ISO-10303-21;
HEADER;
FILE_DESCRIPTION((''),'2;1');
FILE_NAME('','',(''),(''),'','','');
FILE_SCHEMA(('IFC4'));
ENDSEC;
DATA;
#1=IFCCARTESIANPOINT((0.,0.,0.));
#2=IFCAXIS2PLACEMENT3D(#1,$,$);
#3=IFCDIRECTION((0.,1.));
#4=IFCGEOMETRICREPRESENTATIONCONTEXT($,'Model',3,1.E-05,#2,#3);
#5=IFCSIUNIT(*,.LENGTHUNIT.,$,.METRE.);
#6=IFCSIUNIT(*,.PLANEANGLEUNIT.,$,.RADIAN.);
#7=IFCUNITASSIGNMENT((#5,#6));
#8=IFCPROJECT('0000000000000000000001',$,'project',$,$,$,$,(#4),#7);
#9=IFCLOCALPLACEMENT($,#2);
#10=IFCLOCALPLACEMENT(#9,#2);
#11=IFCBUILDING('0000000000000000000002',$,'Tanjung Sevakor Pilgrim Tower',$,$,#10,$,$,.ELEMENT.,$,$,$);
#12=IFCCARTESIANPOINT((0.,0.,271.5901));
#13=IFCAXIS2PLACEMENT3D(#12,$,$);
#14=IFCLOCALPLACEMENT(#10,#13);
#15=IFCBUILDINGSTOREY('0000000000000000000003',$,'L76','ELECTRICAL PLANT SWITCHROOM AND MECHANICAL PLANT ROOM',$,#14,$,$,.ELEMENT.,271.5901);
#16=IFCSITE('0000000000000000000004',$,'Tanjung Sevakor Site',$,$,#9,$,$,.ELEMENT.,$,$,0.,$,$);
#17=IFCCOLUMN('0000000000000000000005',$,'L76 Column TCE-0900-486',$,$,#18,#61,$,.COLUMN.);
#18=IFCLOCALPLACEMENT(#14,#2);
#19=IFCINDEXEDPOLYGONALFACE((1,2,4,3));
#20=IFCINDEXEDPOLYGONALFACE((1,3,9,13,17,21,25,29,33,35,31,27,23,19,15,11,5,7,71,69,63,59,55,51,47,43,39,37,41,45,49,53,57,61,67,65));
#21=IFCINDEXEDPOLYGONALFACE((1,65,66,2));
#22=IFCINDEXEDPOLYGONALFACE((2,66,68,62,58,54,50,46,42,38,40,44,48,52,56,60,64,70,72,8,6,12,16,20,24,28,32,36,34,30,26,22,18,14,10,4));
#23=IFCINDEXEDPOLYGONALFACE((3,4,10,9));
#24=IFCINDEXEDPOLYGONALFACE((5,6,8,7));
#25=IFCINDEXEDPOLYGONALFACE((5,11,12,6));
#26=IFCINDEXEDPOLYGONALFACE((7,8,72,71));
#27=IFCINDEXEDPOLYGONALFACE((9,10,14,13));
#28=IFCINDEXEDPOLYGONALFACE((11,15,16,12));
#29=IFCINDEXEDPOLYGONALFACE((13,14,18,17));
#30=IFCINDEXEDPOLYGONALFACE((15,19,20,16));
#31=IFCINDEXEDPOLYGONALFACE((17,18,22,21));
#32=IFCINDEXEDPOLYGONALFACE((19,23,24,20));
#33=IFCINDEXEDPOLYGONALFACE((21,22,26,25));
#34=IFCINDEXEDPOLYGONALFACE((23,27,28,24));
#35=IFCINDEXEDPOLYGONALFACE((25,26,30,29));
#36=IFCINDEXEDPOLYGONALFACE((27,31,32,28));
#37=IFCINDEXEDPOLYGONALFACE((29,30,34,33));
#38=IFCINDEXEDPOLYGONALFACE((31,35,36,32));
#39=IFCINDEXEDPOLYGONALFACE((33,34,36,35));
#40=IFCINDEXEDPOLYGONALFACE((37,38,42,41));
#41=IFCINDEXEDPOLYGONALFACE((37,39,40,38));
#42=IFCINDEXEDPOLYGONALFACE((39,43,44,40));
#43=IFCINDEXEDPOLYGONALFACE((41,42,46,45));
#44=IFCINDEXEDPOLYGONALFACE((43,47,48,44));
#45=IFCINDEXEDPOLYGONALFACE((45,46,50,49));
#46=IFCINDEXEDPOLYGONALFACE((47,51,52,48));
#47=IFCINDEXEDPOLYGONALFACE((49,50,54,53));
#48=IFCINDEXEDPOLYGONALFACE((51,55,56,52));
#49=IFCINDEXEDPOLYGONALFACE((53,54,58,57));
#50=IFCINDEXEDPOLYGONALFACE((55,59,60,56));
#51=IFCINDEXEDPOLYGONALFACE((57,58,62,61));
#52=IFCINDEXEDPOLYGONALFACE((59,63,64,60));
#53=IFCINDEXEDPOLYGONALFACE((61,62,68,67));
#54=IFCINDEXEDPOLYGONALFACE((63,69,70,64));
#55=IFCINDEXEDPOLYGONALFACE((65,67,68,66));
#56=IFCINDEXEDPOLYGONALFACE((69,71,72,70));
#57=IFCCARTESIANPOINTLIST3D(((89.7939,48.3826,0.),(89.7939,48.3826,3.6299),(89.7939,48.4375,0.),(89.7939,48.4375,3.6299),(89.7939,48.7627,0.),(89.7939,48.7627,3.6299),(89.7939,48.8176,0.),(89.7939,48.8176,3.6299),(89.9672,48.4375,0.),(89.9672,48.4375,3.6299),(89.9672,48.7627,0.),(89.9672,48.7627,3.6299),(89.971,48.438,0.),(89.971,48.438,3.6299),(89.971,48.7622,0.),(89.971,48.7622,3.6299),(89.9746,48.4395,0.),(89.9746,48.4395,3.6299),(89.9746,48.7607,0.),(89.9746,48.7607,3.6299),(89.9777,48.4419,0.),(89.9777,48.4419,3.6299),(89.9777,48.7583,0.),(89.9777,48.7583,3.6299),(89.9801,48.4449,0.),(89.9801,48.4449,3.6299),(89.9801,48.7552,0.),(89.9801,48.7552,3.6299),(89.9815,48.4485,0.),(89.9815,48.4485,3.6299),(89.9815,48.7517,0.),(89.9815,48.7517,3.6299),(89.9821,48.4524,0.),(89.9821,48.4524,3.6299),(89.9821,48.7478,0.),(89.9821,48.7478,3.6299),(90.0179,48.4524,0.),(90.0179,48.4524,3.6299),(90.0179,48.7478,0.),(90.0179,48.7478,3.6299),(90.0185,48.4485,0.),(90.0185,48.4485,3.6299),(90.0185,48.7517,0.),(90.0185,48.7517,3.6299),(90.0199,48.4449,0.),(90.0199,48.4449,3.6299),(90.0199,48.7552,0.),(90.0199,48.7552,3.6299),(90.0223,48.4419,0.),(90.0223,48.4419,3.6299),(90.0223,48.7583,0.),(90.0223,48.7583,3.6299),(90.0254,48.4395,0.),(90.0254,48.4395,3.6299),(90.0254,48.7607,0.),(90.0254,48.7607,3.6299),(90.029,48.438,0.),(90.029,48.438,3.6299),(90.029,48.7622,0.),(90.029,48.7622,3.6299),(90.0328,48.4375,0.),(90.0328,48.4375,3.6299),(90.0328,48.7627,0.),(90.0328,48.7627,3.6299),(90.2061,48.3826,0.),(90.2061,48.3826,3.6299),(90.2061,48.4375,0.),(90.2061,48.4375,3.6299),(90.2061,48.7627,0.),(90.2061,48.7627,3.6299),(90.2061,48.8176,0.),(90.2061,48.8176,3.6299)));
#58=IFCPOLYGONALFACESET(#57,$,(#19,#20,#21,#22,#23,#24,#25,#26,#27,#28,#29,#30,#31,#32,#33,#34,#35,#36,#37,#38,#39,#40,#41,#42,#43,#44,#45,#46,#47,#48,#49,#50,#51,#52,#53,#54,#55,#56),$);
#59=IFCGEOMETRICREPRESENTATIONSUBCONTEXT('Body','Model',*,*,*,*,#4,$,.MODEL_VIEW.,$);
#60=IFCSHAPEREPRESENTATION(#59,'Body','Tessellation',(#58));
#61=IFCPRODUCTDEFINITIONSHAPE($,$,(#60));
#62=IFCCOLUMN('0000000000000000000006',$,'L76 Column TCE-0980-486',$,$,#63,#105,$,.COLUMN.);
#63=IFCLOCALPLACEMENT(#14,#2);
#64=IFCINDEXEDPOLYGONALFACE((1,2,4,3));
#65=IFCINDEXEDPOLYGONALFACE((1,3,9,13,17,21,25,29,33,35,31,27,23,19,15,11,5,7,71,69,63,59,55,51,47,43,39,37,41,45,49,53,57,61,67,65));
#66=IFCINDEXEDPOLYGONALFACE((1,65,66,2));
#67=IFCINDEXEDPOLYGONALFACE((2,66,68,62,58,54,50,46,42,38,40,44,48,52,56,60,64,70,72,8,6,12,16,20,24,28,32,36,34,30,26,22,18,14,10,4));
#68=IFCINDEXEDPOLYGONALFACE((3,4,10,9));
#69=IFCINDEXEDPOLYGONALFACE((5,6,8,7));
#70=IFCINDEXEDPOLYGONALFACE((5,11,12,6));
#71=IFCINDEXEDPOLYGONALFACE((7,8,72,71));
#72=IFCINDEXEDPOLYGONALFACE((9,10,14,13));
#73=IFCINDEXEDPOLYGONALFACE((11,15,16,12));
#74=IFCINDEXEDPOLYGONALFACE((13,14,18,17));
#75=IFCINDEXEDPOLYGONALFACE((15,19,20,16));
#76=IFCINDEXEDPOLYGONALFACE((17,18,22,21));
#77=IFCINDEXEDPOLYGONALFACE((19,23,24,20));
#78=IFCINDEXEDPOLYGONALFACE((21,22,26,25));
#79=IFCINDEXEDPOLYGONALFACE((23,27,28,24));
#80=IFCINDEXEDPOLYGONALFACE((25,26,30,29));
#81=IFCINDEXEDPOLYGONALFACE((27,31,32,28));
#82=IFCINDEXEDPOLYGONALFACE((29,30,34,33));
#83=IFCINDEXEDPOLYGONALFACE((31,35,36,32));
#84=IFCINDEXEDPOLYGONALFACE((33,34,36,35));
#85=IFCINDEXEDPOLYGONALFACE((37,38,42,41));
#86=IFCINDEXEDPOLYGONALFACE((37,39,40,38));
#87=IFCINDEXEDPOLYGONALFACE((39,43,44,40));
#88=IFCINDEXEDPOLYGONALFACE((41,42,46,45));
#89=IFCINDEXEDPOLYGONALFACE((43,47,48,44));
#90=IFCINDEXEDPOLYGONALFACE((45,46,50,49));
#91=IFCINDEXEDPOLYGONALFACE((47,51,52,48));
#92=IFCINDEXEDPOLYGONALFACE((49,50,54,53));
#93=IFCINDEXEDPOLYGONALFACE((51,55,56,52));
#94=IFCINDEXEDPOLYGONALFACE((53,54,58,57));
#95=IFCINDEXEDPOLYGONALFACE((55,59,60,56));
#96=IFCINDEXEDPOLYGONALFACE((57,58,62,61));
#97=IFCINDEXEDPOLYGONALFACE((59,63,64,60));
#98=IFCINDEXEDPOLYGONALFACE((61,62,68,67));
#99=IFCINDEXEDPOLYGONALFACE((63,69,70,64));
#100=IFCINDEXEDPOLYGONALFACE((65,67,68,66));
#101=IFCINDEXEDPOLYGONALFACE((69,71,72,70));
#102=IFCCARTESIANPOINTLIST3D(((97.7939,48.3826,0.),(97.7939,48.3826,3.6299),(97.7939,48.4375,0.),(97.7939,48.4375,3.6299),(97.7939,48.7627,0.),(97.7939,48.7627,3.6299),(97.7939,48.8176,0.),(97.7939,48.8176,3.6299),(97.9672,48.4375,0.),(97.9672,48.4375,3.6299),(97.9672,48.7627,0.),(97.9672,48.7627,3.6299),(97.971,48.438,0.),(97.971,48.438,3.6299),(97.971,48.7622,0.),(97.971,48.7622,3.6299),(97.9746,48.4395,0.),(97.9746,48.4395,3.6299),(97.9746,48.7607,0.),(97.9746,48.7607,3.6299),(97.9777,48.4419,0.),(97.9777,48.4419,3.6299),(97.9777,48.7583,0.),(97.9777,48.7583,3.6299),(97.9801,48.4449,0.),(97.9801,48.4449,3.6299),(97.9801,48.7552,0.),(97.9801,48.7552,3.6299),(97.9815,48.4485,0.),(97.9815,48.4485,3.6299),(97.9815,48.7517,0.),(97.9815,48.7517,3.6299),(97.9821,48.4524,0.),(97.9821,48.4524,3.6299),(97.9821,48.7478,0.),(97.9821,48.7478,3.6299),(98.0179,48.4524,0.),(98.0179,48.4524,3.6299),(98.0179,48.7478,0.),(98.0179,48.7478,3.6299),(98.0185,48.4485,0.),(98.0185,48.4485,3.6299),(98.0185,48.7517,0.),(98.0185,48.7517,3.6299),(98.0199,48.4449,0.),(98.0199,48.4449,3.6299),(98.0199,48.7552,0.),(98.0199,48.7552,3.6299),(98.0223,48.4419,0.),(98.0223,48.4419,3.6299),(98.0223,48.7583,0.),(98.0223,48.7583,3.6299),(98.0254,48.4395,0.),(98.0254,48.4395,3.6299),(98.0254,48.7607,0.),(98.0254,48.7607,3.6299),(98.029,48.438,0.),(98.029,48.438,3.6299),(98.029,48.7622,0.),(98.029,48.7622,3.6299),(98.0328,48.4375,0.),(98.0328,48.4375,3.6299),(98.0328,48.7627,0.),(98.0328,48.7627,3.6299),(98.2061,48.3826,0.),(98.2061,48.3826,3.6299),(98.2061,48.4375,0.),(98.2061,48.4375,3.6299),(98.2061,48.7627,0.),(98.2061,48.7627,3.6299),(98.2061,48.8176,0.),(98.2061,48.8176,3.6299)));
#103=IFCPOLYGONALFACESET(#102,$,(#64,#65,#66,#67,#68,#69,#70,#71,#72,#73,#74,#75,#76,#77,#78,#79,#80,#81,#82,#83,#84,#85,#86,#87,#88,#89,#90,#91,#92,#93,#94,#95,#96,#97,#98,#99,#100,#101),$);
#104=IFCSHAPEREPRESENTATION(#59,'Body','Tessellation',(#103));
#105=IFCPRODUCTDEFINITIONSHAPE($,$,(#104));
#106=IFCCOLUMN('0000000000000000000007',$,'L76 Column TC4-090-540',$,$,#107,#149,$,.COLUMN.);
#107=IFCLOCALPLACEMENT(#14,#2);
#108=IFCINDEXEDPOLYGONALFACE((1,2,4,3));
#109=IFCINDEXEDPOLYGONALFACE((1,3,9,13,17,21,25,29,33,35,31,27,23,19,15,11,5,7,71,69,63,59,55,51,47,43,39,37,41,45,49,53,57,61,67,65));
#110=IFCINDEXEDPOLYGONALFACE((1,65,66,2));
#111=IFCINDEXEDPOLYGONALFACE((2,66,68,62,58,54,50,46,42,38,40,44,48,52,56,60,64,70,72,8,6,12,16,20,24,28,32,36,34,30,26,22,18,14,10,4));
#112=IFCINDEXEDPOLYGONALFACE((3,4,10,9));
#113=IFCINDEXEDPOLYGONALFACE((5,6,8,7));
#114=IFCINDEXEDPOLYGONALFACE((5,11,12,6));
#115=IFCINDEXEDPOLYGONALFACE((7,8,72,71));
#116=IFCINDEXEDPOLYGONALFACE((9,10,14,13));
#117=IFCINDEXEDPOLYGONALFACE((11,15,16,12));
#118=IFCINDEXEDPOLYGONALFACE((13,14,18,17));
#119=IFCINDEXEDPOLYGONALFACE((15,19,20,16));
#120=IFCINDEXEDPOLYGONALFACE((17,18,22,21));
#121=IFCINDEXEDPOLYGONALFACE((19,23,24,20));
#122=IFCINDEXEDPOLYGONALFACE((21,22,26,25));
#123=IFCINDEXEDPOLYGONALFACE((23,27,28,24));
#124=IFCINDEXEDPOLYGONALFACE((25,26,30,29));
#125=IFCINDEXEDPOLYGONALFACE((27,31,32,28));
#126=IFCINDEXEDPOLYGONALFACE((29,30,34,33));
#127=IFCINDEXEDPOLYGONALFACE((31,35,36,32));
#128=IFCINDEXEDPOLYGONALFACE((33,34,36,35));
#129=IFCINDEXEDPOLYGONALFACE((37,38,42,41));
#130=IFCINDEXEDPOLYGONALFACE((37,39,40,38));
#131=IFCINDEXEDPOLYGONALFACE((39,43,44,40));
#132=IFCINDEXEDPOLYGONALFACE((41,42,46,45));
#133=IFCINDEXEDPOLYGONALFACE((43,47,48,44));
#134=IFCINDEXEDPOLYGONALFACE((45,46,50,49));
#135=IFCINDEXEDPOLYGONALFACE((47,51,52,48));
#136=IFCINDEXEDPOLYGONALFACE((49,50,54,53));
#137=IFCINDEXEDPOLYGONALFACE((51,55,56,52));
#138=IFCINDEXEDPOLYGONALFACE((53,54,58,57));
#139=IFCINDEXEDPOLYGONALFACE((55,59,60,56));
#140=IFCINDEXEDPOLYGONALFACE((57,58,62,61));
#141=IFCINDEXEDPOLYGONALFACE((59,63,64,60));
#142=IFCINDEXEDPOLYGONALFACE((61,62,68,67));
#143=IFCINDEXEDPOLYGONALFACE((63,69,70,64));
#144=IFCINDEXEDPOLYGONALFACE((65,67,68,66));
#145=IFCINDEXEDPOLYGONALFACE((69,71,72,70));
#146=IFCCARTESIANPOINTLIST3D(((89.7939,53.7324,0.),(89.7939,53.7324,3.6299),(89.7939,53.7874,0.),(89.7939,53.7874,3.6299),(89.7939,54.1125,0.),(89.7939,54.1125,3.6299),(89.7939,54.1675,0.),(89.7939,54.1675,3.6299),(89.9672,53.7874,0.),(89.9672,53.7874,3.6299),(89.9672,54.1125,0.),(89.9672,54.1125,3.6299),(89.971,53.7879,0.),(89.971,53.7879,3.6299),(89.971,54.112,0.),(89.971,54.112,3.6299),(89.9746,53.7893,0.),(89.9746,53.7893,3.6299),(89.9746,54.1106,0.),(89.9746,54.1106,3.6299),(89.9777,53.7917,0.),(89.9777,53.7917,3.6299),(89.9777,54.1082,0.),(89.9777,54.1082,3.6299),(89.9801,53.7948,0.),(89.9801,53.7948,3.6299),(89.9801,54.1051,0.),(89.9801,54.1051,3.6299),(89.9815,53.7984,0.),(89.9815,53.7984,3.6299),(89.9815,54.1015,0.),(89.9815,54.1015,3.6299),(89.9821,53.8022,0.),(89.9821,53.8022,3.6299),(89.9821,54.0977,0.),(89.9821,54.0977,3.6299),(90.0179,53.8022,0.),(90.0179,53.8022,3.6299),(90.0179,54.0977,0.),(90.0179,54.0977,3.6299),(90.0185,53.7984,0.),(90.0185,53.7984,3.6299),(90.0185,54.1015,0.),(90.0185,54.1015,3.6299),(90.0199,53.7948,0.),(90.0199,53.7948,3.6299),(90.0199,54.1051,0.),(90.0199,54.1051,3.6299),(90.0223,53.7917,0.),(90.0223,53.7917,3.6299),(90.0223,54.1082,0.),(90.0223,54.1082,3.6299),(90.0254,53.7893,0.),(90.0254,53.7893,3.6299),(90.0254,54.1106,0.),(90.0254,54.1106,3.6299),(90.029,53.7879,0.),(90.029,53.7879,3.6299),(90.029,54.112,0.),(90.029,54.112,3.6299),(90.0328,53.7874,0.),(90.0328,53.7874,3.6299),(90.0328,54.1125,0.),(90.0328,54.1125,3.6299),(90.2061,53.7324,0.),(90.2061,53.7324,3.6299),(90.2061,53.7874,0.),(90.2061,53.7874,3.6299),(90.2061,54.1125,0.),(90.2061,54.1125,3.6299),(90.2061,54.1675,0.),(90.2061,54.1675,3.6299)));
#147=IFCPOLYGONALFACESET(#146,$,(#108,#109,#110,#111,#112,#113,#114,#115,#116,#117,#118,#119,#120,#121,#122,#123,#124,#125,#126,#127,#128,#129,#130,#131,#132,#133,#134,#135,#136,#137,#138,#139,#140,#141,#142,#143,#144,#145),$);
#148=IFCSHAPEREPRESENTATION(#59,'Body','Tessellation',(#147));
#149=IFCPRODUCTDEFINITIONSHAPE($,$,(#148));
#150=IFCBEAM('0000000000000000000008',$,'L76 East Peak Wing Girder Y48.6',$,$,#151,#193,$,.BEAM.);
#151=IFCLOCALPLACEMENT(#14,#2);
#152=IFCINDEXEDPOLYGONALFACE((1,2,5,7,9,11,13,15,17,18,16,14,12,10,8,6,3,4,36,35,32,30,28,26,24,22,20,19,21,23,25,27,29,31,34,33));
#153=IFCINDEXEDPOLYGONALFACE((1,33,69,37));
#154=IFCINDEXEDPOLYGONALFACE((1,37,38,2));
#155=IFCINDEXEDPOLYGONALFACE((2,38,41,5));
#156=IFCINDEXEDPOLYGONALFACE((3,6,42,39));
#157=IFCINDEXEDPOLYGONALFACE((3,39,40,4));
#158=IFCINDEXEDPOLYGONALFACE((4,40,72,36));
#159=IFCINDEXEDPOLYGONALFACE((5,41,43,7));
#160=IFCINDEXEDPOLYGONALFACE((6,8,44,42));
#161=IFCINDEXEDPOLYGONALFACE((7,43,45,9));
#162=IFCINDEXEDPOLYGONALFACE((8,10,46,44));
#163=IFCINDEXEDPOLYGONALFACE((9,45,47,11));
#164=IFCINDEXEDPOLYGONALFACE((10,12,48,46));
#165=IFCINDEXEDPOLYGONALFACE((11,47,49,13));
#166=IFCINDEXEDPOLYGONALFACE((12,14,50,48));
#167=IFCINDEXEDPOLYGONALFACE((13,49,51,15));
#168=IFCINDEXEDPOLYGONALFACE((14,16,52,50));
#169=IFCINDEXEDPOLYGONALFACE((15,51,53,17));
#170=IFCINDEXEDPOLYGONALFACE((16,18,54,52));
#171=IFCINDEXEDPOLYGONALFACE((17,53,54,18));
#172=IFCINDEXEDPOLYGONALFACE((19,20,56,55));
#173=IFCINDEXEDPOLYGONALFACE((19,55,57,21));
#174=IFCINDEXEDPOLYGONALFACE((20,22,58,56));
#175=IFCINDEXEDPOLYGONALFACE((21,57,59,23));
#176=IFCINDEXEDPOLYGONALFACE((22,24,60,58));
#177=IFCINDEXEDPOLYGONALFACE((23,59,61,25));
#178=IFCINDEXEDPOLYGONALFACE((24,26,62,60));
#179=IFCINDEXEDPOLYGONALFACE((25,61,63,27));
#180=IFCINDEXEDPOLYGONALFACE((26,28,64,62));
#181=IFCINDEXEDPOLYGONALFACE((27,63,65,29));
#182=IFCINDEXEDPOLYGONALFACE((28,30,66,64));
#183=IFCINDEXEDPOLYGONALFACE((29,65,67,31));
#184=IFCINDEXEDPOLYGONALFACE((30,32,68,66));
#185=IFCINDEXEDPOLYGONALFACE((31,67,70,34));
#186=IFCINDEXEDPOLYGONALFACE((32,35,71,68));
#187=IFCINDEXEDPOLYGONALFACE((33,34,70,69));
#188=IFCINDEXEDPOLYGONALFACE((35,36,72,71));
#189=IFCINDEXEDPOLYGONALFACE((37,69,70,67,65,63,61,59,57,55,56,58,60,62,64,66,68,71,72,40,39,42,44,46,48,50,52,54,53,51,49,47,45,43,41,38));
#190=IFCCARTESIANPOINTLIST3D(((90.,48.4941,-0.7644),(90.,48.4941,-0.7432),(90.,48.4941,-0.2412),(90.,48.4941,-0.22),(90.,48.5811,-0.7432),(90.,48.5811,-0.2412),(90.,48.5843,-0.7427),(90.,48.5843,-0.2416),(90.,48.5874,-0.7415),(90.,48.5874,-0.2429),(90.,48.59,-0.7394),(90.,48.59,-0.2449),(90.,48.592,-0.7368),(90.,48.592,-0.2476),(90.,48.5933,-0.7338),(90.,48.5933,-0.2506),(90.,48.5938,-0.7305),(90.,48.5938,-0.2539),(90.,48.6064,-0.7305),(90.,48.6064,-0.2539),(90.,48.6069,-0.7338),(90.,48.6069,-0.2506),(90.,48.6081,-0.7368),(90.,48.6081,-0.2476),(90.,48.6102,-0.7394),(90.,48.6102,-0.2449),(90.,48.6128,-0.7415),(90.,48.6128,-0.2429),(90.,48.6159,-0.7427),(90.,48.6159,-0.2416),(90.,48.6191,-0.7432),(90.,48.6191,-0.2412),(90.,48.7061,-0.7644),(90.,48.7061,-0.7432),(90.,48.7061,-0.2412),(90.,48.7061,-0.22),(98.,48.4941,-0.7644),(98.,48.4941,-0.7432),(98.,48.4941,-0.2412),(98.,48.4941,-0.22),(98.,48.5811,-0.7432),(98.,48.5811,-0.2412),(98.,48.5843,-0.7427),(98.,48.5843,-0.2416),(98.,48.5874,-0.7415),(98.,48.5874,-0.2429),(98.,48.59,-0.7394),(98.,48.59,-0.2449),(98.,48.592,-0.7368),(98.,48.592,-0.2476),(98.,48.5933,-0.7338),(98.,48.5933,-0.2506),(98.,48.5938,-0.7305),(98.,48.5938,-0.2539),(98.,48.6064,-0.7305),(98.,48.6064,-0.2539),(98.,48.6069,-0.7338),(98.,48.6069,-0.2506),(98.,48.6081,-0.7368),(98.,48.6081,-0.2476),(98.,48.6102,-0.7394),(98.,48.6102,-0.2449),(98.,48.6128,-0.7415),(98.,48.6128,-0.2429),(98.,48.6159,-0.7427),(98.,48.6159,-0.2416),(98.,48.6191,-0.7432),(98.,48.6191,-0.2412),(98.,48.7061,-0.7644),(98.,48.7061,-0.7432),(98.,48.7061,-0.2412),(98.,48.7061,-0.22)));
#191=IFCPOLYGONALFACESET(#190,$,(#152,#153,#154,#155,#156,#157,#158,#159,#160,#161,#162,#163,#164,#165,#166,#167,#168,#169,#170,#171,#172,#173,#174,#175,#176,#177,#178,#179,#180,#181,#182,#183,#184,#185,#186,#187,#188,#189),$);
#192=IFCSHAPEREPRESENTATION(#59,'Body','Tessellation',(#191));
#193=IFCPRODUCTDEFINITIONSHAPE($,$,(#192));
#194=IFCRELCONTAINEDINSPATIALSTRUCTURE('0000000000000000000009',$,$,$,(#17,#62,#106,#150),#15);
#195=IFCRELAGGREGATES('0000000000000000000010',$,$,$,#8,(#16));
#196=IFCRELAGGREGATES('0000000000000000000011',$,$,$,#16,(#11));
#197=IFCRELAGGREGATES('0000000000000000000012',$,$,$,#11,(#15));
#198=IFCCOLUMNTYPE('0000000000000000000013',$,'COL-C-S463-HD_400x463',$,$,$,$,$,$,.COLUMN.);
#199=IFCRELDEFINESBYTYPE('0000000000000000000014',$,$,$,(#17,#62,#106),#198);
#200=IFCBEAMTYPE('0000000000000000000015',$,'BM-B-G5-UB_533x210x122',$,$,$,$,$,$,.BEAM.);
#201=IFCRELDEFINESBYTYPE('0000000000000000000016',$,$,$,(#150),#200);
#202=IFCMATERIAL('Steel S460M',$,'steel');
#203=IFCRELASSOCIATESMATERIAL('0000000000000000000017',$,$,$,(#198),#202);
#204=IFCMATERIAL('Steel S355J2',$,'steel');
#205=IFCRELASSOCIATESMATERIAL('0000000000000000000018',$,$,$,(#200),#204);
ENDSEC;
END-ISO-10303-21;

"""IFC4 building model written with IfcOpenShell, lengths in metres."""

from ifc_helpers import new_model, si_unit, direction, frame, origin, origin_2d, place, context, subcontext, project, spatial, i_section, extrude, material, material_profile, profile_set, type_object, element, save


model = new_model("IFC4")

# Units and contexts
model_context = context("Model", 3, precision=1e-05, world=origin(), true_north=direction((0.0, 1.0)))
body_context = subcontext(model_context, "Body", "Model", "MODEL_VIEW")
ifc_project = project(units=[si_unit("LENGTHUNIT", "METRE"), si_unit("PLANEANGLEUNIT", "RADIAN")], contexts=[model_context])

# Site, building, storey
site_placement = place(None, origin())
site = spatial("IfcSite", under=ifc_project, at=site_placement, Name="Tanjung Sevakor Site", CompositionType="ELEMENT", RefElevation=0.0)
building_placement = place(site_placement, origin())
building = spatial("IfcBuilding", under=site, at=building_placement, Name="Tanjung Sevakor Pilgrim Tower", CompositionType="ELEMENT")
storey_placement = place(building_placement, frame((0.0, 0.0, 271.5901)))
storey = spatial("IfcBuildingStorey", under=building, at=storey_placement, Name="L76", Description="ELECTRICAL PLANT SWITCHROOM AND MECHANICAL PLANT ROOM", CompositionType="ELEMENT", Elevation=271.5901)

# Columns
ifc_material_1 = material(Name="Steel S460M", Category="steel")
ifc_material_profile_1 = material_profile(ifc_material_1, i_section(OverallWidth=0.4121, OverallDepth=0.4351, WebThickness=0.0359, FlangeThickness=0.0549, FilletRadius=0.0149, at=origin_2d()))
ifc_profile_set_1 = profile_set([ifc_material_profile_1], Name="Steel S460M")
column_type = type_object("IfcColumnType", Name="COL-C-S463-HD_400x463", PredefinedType="COLUMN", material=ifc_profile_set_1)
for number, where, z_axis, x_axis, name in (
    (1, (90.0, 48.6001, 0.0), (0.0, 0.0, 1.0), (1.0, 0.0, 0.0), "L76 Column TCE-0900-486"),
    (2, (98.0, 48.6001, 0.0), (0.0, 0.0, 1.0), (1.0, 0.0, 0.0), "L76 Column TCE-0980-486"),
    (3, (90.0, 53.95, 0.0), (0.0, 0.0, 1.0), (1.0, 0.0, 0.0), "L76 Column TC4-090-540"),
):
    element("IfcColumn", number, at=place(storey_placement, frame(where, z_axis=z_axis, x_axis=x_axis)), inside=storey, type_object=column_type, Name=name, PredefinedType="COLUMN", context=body_context, shape_type="SweptSolid", body=[
        extrude(i_section(OverallWidth=0.4121, OverallDepth=0.4351, WebThickness=0.0359, FlangeThickness=0.0549, FilletRadius=0.0149, at=origin_2d()), origin(), (0.0, 0.0, 1.0), 3.6299),
    ])

# Beam
ifc_material_2 = material(Name="Steel S355J2", Category="steel")
ifc_material_profile_2 = material_profile(ifc_material_2, i_section(OverallWidth=0.2119, OverallDepth=0.5444, WebThickness=0.0127, FlangeThickness=0.0212, FilletRadius=0.0127, at=origin_2d()))
ifc_profile_set_2 = profile_set([ifc_material_profile_2], Name="Steel S355J2")
beam_type = type_object("IfcBeamType", Name="BM-B-G5-UB_533x210x122", PredefinedType="BEAM", material=ifc_profile_set_2)
beam_placement = place(storey_placement, frame((90.0, 48.6001, -0.4922), z_axis=(1.0, 0.0, 0.0), x_axis=(0.0, 1.0, 0.0)))
element("IfcBeam", 4, at=beam_placement, inside=storey, type_object=beam_type, Name="L76 East Peak Wing Girder Y48.6", PredefinedType="BEAM", context=body_context, shape_type="SweptSolid", body=[
    extrude(i_section(OverallWidth=0.2119, OverallDepth=0.5444, WebThickness=0.0127, FlangeThickness=0.0212, FilletRadius=0.0127, at=origin_2d()), origin(), (0.0, 0.0, 1.0), 8.0),
])

save(model, "model.ifc")
